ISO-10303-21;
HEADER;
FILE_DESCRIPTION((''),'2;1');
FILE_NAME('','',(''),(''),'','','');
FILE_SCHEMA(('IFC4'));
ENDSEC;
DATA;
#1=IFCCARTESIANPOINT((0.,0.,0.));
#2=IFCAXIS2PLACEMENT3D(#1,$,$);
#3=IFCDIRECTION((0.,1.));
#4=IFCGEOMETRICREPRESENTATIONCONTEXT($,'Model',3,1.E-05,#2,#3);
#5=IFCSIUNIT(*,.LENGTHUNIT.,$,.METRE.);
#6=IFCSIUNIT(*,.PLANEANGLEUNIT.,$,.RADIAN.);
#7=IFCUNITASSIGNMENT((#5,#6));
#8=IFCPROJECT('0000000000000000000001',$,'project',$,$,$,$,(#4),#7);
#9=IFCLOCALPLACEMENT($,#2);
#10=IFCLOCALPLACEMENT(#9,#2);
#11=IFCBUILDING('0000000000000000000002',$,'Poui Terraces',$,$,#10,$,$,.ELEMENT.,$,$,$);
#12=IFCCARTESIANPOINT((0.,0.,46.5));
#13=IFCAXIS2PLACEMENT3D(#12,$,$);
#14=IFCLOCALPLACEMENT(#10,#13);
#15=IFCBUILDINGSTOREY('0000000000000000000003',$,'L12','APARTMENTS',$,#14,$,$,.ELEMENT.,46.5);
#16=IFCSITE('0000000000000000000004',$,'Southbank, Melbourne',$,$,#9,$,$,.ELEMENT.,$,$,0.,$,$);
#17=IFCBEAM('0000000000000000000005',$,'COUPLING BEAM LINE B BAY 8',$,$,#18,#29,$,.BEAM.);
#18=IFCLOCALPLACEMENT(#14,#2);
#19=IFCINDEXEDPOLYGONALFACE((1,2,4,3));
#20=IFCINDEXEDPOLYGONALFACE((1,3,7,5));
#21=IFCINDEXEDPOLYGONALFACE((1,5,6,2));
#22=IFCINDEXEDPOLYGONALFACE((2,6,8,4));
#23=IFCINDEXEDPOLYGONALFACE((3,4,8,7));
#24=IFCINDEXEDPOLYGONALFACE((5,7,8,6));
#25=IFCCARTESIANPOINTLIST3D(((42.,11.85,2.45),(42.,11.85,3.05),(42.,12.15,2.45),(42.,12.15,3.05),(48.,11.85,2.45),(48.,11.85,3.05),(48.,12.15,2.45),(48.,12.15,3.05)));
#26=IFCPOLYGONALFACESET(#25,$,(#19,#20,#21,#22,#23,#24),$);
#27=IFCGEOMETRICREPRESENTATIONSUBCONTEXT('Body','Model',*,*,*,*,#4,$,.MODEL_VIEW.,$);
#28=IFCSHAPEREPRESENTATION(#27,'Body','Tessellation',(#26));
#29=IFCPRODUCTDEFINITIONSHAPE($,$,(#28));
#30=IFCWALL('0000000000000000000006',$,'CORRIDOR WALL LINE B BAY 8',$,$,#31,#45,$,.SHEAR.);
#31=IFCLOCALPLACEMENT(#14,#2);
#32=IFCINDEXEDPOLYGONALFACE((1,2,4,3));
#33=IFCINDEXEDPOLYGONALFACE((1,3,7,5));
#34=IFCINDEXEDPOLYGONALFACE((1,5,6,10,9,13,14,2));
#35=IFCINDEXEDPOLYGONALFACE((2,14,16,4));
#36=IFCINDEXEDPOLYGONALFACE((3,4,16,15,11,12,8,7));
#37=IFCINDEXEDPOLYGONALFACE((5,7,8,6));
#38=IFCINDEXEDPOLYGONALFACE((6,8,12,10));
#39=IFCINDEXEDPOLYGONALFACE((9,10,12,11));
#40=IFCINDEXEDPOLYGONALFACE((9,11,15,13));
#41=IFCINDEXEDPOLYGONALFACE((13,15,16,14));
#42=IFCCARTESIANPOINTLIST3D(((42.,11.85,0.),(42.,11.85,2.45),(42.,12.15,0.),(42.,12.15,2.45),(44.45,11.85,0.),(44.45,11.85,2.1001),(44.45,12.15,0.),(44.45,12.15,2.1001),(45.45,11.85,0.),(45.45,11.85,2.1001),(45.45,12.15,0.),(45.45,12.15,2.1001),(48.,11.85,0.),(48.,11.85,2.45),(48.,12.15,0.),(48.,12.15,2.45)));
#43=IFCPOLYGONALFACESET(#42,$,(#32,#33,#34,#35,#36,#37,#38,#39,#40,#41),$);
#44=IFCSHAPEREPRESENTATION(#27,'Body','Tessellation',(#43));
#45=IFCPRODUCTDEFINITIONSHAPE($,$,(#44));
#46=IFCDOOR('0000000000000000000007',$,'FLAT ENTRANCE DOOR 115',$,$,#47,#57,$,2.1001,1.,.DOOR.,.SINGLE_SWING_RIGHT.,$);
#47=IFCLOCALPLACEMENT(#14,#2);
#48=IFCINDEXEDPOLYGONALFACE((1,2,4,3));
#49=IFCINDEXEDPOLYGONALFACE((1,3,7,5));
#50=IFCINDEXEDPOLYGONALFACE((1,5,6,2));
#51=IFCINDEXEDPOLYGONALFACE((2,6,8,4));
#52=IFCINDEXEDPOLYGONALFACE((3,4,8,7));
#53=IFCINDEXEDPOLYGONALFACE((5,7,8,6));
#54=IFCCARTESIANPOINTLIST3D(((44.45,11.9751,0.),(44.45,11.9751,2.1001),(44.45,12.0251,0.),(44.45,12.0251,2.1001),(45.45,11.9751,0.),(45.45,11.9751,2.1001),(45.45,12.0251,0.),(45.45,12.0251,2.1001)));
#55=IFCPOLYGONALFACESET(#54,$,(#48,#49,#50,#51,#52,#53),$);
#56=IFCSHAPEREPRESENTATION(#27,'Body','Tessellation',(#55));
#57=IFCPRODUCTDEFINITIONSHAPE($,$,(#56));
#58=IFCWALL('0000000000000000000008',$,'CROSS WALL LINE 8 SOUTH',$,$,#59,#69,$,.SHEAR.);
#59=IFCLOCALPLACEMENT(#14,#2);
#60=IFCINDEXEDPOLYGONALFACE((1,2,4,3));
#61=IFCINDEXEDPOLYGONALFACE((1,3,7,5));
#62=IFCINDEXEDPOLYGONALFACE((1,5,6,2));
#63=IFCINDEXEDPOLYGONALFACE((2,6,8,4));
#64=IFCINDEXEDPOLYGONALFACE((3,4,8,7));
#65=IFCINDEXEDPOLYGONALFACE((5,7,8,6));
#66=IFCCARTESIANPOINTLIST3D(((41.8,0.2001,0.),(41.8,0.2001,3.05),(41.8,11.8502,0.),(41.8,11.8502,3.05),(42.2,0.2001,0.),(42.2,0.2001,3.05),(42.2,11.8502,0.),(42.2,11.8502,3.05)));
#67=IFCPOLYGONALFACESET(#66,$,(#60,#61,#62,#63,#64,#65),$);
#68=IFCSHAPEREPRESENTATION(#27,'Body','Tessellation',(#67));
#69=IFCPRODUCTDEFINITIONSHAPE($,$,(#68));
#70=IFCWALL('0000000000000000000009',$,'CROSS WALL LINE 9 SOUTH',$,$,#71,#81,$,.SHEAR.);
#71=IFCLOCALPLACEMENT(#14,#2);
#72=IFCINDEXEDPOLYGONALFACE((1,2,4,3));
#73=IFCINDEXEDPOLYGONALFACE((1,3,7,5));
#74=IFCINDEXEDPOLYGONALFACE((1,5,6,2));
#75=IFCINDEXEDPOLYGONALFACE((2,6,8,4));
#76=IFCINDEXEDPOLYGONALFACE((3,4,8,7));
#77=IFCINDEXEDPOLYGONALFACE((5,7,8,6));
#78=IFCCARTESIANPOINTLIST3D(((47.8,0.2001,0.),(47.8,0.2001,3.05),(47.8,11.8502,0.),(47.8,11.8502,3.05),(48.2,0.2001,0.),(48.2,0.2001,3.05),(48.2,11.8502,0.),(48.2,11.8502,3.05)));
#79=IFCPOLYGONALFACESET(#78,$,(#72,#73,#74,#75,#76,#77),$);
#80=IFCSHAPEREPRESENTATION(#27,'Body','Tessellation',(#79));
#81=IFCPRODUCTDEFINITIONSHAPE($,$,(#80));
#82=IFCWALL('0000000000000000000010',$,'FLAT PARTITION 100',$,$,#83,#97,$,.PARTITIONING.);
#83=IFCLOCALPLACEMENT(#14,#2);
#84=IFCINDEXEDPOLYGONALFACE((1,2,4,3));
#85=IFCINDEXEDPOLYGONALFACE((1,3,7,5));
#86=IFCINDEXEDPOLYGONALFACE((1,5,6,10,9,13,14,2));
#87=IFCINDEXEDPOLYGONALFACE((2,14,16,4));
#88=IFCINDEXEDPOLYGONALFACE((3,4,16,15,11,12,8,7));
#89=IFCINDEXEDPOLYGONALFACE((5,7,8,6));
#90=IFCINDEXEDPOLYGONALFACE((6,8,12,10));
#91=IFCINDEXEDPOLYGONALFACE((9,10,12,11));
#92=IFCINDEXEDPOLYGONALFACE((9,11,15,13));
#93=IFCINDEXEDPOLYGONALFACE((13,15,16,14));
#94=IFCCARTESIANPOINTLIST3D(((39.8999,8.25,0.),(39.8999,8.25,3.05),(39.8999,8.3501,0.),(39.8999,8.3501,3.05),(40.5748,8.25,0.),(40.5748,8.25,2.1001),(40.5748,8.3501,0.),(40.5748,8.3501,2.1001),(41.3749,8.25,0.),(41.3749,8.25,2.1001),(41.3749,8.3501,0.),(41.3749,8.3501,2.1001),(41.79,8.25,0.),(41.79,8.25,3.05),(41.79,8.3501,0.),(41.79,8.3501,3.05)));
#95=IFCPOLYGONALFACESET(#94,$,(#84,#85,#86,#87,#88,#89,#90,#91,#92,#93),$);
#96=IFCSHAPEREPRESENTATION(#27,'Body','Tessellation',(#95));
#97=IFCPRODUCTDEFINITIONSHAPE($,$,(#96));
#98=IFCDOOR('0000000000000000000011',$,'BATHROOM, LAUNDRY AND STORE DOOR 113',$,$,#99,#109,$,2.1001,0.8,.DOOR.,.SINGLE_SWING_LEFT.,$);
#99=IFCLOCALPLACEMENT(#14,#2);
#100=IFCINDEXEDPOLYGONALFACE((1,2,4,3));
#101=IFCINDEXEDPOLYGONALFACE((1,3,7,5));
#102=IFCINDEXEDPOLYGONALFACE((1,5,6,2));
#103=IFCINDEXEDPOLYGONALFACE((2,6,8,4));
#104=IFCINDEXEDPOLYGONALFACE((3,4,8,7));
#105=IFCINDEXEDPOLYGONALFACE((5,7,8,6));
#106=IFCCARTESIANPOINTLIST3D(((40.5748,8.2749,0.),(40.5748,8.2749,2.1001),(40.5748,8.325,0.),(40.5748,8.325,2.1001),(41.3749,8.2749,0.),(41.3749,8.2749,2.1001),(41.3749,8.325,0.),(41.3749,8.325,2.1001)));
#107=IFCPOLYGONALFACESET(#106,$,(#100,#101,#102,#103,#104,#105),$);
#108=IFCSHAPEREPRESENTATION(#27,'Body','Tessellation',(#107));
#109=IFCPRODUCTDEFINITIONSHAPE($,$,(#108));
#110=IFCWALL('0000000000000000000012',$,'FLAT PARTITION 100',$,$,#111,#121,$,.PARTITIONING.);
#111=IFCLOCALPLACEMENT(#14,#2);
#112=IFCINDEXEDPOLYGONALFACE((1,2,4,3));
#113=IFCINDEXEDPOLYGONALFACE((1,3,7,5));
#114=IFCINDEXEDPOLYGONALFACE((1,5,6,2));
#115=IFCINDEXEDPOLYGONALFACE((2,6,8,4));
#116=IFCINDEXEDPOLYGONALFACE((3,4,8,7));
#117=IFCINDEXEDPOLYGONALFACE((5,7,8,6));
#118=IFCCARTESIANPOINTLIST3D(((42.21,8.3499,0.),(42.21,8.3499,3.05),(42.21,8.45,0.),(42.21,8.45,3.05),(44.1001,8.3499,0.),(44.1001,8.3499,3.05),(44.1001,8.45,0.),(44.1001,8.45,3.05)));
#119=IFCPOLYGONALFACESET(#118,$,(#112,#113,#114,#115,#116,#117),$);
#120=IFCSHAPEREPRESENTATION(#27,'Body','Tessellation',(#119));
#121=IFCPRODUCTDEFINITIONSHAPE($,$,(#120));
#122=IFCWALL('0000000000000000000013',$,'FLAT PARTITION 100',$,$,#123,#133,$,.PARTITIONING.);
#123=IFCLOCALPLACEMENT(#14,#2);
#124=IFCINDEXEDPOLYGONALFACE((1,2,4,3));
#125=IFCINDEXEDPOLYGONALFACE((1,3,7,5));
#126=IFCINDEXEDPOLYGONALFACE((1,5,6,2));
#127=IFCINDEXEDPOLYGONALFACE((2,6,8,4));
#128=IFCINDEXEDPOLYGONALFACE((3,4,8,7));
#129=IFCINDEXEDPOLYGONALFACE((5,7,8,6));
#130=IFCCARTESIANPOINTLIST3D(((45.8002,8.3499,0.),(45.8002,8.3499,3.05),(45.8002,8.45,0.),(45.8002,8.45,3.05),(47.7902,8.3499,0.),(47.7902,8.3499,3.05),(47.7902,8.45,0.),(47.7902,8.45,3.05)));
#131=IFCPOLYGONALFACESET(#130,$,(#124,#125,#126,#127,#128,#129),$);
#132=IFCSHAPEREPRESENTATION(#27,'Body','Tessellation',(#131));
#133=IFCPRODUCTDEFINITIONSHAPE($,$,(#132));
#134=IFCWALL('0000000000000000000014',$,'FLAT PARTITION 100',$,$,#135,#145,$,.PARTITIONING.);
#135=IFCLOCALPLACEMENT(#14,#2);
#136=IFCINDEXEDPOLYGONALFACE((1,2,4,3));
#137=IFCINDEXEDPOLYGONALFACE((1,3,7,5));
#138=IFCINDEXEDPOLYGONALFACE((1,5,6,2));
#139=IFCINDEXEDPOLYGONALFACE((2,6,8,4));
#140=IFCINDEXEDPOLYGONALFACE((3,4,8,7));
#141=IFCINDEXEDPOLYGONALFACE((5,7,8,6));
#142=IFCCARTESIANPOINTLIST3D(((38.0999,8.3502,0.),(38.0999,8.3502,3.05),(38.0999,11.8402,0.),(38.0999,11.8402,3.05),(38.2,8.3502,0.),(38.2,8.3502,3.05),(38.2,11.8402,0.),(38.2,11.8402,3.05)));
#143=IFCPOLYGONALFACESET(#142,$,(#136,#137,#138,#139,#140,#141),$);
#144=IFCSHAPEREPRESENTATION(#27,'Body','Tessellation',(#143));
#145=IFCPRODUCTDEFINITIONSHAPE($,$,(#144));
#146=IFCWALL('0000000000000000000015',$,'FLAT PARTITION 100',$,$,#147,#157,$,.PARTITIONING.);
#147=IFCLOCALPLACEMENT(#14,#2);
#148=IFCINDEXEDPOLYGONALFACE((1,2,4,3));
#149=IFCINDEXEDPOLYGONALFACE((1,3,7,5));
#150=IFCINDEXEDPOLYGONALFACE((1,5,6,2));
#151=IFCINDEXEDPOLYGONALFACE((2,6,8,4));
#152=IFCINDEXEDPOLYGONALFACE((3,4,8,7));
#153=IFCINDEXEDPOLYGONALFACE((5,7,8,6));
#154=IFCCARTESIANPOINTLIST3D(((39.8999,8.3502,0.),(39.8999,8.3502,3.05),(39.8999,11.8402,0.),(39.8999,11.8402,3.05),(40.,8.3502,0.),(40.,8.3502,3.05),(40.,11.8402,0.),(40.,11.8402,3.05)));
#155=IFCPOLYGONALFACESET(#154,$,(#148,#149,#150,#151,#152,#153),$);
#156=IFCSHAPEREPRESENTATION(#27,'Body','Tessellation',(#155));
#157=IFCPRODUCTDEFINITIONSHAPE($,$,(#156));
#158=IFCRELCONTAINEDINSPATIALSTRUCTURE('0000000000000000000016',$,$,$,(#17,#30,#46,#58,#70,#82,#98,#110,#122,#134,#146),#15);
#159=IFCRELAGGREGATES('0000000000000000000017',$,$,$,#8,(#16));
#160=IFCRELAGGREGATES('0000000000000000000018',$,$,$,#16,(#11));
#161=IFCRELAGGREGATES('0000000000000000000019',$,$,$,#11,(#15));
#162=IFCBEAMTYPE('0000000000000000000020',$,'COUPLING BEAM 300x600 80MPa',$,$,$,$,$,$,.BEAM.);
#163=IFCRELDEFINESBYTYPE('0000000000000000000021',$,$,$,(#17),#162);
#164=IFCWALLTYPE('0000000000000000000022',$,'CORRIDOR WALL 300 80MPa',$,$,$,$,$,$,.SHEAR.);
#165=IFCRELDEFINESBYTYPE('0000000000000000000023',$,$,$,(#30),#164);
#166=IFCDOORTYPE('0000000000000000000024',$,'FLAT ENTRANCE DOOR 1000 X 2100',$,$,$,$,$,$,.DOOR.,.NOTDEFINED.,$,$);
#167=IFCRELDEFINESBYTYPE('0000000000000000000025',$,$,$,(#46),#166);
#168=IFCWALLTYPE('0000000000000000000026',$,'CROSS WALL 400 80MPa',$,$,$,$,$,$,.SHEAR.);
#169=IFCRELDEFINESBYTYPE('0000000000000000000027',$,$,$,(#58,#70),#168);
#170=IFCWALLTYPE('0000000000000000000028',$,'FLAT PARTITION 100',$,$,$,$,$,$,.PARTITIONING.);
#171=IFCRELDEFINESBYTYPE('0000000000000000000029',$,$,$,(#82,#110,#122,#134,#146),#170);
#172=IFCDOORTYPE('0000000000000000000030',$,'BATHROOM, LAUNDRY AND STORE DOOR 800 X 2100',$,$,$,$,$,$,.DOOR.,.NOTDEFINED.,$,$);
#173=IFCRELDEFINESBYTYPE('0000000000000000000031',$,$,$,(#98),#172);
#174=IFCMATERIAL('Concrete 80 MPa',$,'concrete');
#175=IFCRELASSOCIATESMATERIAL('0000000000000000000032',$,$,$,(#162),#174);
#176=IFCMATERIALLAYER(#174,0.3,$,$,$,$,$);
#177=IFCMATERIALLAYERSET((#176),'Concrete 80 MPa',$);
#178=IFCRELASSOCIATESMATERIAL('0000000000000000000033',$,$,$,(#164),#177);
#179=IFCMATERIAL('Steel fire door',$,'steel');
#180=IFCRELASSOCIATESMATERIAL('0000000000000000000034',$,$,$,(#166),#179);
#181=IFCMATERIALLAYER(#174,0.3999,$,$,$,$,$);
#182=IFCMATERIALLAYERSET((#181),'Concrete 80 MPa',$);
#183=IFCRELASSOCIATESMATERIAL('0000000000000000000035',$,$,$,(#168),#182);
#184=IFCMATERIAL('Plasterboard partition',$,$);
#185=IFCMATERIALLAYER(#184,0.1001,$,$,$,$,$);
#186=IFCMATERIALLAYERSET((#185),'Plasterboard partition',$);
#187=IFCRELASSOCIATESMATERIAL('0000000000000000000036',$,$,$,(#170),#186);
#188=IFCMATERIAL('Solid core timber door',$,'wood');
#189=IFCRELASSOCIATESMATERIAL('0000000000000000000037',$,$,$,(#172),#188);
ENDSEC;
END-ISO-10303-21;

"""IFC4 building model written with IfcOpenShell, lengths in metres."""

from ifc_helpers import new_model, si_unit, direction, frame, frame_2d, origin, origin_2d, place, context, subcontext, project, spatial, rectangle, extrude, source, transform, mapped, material, layer, layer_set, material_profile, profile_set, type_object, element, fill, save


model = new_model("IFC4")

# Units and contexts
model_context = context("Model", 3, precision=1e-05, world=origin(), true_north=direction((0.0, 1.0)))
body_context = subcontext(model_context, "Body", "Model", "MODEL_VIEW")
ifc_project = project(units=[si_unit("LENGTHUNIT", "METRE"), si_unit("PLANEANGLEUNIT", "RADIAN")], contexts=[model_context])

# Site, building, storey
site_placement = place(None, origin())
site = spatial("IfcSite", under=ifc_project, at=site_placement, Name="Southbank, Melbourne", CompositionType="ELEMENT", RefElevation=0.0)
building_placement = place(site_placement, origin())
building = spatial("IfcBuilding", under=site, at=building_placement, Name="Poui Terraces", CompositionType="ELEMENT")
storey_placement = place(building_placement, frame((0.0, 0.0, 46.5)))
storey = spatial("IfcBuildingStorey", under=building, at=storey_placement, Name="L12", Description="APARTMENTS", CompositionType="ELEMENT", Elevation=46.5)

# Beam
ifc_material_1 = material(Name="Concrete 80 MPa", Category="concrete")
ifc_material_profile_1 = material_profile(ifc_material_1, rectangle(XDim=0.3, YDim=0.6001, at=origin_2d()), Name="RC 300x600")
ifc_profile_set_1 = profile_set([ifc_material_profile_1], Name="Concrete 80 MPa")
beam_type = type_object("IfcBeamType", Name="COUPLING BEAM 300x600 80MPa", PredefinedType="BEAM", material=ifc_profile_set_1)
shared_shape_1 = source(origin(), body_context, "Body", "SweptSolid", [
    extrude(rectangle(XDim=0.3, YDim=0.6001, at=origin_2d()), origin(), (0.0, 0.0, 1.0), 6.0),
])
beam_placement = place(storey_placement, frame((42.0, 12.0, 2.75), z_axis=(1.0, 0.0, 0.0), x_axis=(0.0, 1.0, 0.0)))
element("IfcBeam", 1, at=beam_placement, inside=storey, type_object=beam_type, Name="COUPLING BEAM LINE B BAY 8", PredefinedType="BEAM", context=body_context, shape_type="MappedRepresentation", body=[
    mapped(shared_shape_1, transform((0.0, 0.0, 0.0))),
])

# Wall, opening, door
ifc_layer_1 = layer(ifc_material_1, 0.3)
ifc_layer_set_1 = layer_set([ifc_layer_1], Name="Concrete 80 MPa")
wall_type_1 = type_object("IfcWallType", Name="CORRIDOR WALL 300 80MPa", PredefinedType="SHEAR", material=ifc_layer_set_1)
wall_1_placement = place(storey_placement, frame((42.0, 12.0, 0.0), z_axis=(0.0, 0.0, 1.0), x_axis=(1.0, 0.0, 0.0)))
wall_1 = element("IfcWall", 2, at=wall_1_placement, inside=storey, type_object=wall_type_1, Name="CORRIDOR WALL LINE B BAY 8", PredefinedType="SHEAR", context=body_context, shape_type="SweptSolid", body=[
    extrude(rectangle(XDim=6.0, YDim=0.3, at=frame_2d((3.0, 0.0))), origin(), (0.0, 0.0, 1.0), 2.45),
])
opening_1_placement = place(wall_1_placement, frame((2.45, 0.0, 0.0)))
opening_1 = element("IfcOpeningElement", 3, at=opening_1_placement, cuts=wall_1, PredefinedType="OPENING", context=body_context, shape_type="SweptSolid", body=[
    extrude(rectangle(XDim=1.0, YDim=2.1001, at=frame_2d((0.5, 1.05))), frame((0.0, 0.1602, 0.0), z_axis=(0.0, -1.0, 0.0), x_axis=(1.0, 0.0, 0.0)), (0.0, 0.0, 1.0), 0.3201),
])
ifc_material_2 = material(Name="Steel fire door", Category="steel")
door_type_1 = type_object("IfcDoorType", Name="FLAT ENTRANCE DOOR 1000 X 2100", OperationType="NOTDEFINED", PredefinedType="DOOR", material=ifc_material_2)
door_1_placement = place(opening_1_placement, frame((1.0, 0.0, 0.0), z_axis=(0.0, 0.0, 1.0), x_axis=(-1.0, 0.0, 0.0)))
door_1 = element("IfcDoor", 4, at=door_1_placement, inside=storey, type_object=door_type_1, Name="FLAT ENTRANCE DOOR 115", OperationType="SINGLE_SWING_RIGHT", OverallHeight=2.1001, OverallWidth=1.0, PredefinedType="DOOR", context=body_context, shape_type="SweptSolid", body=[
    extrude(rectangle(XDim=1.0, YDim=2.1001, at=frame_2d((0.5, 1.05))), frame((0.0, 0.0249, 0.0), z_axis=(0.0, -1.0, 0.0), x_axis=(1.0, 0.0, 0.0)), (0.0, 0.0, 1.0), 0.05),
])
fill(opening_1, door_1)

# Walls
ifc_layer_2 = layer(ifc_material_1, 0.3999)
ifc_layer_set_2 = layer_set([ifc_layer_2], Name="Concrete 80 MPa")
wall_type_2 = type_object("IfcWallType", Name="CROSS WALL 400 80MPa", PredefinedType="SHEAR", material=ifc_layer_set_2)
for number, where, z_axis, x_axis, name in (
    (5, (42.0, 0.2, 0.0), (0.0, 0.0, 1.0), (0.0, 1.0, 0.0), "CROSS WALL LINE 8 SOUTH"),
    (6, (48.0, 0.2, 0.0), (0.0, 0.0, 1.0), (0.0, 1.0, 0.0), "CROSS WALL LINE 9 SOUTH"),
):
    element("IfcWall", number, at=place(storey_placement, frame(where, z_axis=z_axis, x_axis=x_axis)), inside=storey, type_object=wall_type_2, Name=name, PredefinedType="SHEAR", context=body_context, shape_type="SweptSolid", body=[
        extrude(rectangle(XDim=11.6501, YDim=0.3999, at=frame_2d((5.8252, 0.0))), origin(), (0.0, 0.0, 1.0), 3.05),
    ])

# Wall, opening, door
ifc_material_3 = material(Name="Plasterboard partition")
ifc_layer_3 = layer(ifc_material_3, 0.1001)
ifc_layer_set_3 = layer_set([ifc_layer_3], Name="Plasterboard partition")
wall_type_3 = type_object("IfcWallType", Name="FLAT PARTITION 100", PredefinedType="PARTITIONING", material=ifc_layer_set_3)
wall_2_placement = place(storey_placement, frame((39.8999, 8.3, 0.0), z_axis=(0.0, 0.0, 1.0), x_axis=(1.0, 0.0, 0.0)))
wall_2 = element("IfcWall", 7, at=wall_2_placement, inside=storey, type_object=wall_type_3, Name="FLAT PARTITION 100", PredefinedType="PARTITIONING", context=body_context, shape_type="SweptSolid", body=[
    extrude(rectangle(XDim=1.8901, YDim=0.1001, at=frame_2d((0.9451, 0.0))), origin(), (0.0, 0.0, 1.0), 3.05),
])
opening_2_placement = place(wall_2_placement, frame((0.675, 0.0, 0.0)))
opening_2 = element("IfcOpeningElement", 8, at=opening_2_placement, cuts=wall_2, PredefinedType="OPENING", context=body_context, shape_type="SweptSolid", body=[
    extrude(rectangle(XDim=0.8, YDim=2.1001, at=frame_2d((0.3999, 1.05))), frame((0.0, 0.0601, 0.0), z_axis=(0.0, -1.0, 0.0), x_axis=(1.0, 0.0, 0.0)), (0.0, 0.0, 1.0), 0.1201),
])
ifc_material_4 = material(Name="Solid core timber door", Category="wood")
door_type_2 = type_object("IfcDoorType", Name="BATHROOM, LAUNDRY AND STORE DOOR 800 X 2100", OperationType="NOTDEFINED", PredefinedType="DOOR", material=ifc_material_4)
door_2_placement = place(opening_2_placement, origin())
door_2 = element("IfcDoor", 9, at=door_2_placement, inside=storey, type_object=door_type_2, Name="BATHROOM, LAUNDRY AND STORE DOOR 113", OperationType="SINGLE_SWING_LEFT", OverallHeight=2.1001, OverallWidth=0.8, PredefinedType="DOOR", context=body_context, shape_type="SweptSolid", body=[
    extrude(rectangle(XDim=0.8, YDim=2.1001, at=frame_2d((0.3999, 1.05))), frame((0.0, 0.0249, 0.0), z_axis=(0.0, -1.0, 0.0), x_axis=(1.0, 0.0, 0.0)), (0.0, 0.0, 1.0), 0.05),
])
fill(opening_2, door_2)

# Walls
wall_3_placement = place(storey_placement, frame((42.21, 8.3999, 0.0), z_axis=(0.0, 0.0, 1.0), x_axis=(1.0, 0.0, 0.0)))
element("IfcWall", 10, at=wall_3_placement, inside=storey, type_object=wall_type_3, Name="FLAT PARTITION 100", PredefinedType="PARTITIONING", context=body_context, shape_type="SweptSolid", body=[
    extrude(rectangle(XDim=1.8901, YDim=0.1001, at=frame_2d((0.9451, 0.0))), origin(), (0.0, 0.0, 1.0), 3.05),
])
wall_4_placement = place(storey_placement, frame((45.8, 8.3999, 0.0), z_axis=(0.0, 0.0, 1.0), x_axis=(1.0, 0.0, 0.0)))
element("IfcWall", 11, at=wall_4_placement, inside=storey, type_object=wall_type_3, Name="FLAT PARTITION 100", PredefinedType="PARTITIONING", context=body_context, shape_type="SweptSolid", body=[
    extrude(rectangle(XDim=1.99, YDim=0.1001, at=frame_2d((0.9951, 0.0))), origin(), (0.0, 0.0, 1.0), 3.05),
])
for number, where, z_axis, x_axis, name in (
    (12, (38.1499, 8.3501, 0.0), (0.0, 0.0, 1.0), (0.0, 1.0, 0.0), "FLAT PARTITION 100"),
    (13, (39.95, 8.3501, 0.0), (0.0, 0.0, 1.0), (0.0, 1.0, 0.0), "FLAT PARTITION 100"),
):
    element("IfcWall", number, at=place(storey_placement, frame(where, z_axis=z_axis, x_axis=x_axis)), inside=storey, type_object=wall_type_3, Name=name, PredefinedType="PARTITIONING", context=body_context, shape_type="SweptSolid", body=[
        extrude(rectangle(XDim=3.49, YDim=0.1001, at=frame_2d((1.7451, 0.0))), origin(), (0.0, 0.0, 1.0), 3.05),
    ])

save(model, "model.ifc")
